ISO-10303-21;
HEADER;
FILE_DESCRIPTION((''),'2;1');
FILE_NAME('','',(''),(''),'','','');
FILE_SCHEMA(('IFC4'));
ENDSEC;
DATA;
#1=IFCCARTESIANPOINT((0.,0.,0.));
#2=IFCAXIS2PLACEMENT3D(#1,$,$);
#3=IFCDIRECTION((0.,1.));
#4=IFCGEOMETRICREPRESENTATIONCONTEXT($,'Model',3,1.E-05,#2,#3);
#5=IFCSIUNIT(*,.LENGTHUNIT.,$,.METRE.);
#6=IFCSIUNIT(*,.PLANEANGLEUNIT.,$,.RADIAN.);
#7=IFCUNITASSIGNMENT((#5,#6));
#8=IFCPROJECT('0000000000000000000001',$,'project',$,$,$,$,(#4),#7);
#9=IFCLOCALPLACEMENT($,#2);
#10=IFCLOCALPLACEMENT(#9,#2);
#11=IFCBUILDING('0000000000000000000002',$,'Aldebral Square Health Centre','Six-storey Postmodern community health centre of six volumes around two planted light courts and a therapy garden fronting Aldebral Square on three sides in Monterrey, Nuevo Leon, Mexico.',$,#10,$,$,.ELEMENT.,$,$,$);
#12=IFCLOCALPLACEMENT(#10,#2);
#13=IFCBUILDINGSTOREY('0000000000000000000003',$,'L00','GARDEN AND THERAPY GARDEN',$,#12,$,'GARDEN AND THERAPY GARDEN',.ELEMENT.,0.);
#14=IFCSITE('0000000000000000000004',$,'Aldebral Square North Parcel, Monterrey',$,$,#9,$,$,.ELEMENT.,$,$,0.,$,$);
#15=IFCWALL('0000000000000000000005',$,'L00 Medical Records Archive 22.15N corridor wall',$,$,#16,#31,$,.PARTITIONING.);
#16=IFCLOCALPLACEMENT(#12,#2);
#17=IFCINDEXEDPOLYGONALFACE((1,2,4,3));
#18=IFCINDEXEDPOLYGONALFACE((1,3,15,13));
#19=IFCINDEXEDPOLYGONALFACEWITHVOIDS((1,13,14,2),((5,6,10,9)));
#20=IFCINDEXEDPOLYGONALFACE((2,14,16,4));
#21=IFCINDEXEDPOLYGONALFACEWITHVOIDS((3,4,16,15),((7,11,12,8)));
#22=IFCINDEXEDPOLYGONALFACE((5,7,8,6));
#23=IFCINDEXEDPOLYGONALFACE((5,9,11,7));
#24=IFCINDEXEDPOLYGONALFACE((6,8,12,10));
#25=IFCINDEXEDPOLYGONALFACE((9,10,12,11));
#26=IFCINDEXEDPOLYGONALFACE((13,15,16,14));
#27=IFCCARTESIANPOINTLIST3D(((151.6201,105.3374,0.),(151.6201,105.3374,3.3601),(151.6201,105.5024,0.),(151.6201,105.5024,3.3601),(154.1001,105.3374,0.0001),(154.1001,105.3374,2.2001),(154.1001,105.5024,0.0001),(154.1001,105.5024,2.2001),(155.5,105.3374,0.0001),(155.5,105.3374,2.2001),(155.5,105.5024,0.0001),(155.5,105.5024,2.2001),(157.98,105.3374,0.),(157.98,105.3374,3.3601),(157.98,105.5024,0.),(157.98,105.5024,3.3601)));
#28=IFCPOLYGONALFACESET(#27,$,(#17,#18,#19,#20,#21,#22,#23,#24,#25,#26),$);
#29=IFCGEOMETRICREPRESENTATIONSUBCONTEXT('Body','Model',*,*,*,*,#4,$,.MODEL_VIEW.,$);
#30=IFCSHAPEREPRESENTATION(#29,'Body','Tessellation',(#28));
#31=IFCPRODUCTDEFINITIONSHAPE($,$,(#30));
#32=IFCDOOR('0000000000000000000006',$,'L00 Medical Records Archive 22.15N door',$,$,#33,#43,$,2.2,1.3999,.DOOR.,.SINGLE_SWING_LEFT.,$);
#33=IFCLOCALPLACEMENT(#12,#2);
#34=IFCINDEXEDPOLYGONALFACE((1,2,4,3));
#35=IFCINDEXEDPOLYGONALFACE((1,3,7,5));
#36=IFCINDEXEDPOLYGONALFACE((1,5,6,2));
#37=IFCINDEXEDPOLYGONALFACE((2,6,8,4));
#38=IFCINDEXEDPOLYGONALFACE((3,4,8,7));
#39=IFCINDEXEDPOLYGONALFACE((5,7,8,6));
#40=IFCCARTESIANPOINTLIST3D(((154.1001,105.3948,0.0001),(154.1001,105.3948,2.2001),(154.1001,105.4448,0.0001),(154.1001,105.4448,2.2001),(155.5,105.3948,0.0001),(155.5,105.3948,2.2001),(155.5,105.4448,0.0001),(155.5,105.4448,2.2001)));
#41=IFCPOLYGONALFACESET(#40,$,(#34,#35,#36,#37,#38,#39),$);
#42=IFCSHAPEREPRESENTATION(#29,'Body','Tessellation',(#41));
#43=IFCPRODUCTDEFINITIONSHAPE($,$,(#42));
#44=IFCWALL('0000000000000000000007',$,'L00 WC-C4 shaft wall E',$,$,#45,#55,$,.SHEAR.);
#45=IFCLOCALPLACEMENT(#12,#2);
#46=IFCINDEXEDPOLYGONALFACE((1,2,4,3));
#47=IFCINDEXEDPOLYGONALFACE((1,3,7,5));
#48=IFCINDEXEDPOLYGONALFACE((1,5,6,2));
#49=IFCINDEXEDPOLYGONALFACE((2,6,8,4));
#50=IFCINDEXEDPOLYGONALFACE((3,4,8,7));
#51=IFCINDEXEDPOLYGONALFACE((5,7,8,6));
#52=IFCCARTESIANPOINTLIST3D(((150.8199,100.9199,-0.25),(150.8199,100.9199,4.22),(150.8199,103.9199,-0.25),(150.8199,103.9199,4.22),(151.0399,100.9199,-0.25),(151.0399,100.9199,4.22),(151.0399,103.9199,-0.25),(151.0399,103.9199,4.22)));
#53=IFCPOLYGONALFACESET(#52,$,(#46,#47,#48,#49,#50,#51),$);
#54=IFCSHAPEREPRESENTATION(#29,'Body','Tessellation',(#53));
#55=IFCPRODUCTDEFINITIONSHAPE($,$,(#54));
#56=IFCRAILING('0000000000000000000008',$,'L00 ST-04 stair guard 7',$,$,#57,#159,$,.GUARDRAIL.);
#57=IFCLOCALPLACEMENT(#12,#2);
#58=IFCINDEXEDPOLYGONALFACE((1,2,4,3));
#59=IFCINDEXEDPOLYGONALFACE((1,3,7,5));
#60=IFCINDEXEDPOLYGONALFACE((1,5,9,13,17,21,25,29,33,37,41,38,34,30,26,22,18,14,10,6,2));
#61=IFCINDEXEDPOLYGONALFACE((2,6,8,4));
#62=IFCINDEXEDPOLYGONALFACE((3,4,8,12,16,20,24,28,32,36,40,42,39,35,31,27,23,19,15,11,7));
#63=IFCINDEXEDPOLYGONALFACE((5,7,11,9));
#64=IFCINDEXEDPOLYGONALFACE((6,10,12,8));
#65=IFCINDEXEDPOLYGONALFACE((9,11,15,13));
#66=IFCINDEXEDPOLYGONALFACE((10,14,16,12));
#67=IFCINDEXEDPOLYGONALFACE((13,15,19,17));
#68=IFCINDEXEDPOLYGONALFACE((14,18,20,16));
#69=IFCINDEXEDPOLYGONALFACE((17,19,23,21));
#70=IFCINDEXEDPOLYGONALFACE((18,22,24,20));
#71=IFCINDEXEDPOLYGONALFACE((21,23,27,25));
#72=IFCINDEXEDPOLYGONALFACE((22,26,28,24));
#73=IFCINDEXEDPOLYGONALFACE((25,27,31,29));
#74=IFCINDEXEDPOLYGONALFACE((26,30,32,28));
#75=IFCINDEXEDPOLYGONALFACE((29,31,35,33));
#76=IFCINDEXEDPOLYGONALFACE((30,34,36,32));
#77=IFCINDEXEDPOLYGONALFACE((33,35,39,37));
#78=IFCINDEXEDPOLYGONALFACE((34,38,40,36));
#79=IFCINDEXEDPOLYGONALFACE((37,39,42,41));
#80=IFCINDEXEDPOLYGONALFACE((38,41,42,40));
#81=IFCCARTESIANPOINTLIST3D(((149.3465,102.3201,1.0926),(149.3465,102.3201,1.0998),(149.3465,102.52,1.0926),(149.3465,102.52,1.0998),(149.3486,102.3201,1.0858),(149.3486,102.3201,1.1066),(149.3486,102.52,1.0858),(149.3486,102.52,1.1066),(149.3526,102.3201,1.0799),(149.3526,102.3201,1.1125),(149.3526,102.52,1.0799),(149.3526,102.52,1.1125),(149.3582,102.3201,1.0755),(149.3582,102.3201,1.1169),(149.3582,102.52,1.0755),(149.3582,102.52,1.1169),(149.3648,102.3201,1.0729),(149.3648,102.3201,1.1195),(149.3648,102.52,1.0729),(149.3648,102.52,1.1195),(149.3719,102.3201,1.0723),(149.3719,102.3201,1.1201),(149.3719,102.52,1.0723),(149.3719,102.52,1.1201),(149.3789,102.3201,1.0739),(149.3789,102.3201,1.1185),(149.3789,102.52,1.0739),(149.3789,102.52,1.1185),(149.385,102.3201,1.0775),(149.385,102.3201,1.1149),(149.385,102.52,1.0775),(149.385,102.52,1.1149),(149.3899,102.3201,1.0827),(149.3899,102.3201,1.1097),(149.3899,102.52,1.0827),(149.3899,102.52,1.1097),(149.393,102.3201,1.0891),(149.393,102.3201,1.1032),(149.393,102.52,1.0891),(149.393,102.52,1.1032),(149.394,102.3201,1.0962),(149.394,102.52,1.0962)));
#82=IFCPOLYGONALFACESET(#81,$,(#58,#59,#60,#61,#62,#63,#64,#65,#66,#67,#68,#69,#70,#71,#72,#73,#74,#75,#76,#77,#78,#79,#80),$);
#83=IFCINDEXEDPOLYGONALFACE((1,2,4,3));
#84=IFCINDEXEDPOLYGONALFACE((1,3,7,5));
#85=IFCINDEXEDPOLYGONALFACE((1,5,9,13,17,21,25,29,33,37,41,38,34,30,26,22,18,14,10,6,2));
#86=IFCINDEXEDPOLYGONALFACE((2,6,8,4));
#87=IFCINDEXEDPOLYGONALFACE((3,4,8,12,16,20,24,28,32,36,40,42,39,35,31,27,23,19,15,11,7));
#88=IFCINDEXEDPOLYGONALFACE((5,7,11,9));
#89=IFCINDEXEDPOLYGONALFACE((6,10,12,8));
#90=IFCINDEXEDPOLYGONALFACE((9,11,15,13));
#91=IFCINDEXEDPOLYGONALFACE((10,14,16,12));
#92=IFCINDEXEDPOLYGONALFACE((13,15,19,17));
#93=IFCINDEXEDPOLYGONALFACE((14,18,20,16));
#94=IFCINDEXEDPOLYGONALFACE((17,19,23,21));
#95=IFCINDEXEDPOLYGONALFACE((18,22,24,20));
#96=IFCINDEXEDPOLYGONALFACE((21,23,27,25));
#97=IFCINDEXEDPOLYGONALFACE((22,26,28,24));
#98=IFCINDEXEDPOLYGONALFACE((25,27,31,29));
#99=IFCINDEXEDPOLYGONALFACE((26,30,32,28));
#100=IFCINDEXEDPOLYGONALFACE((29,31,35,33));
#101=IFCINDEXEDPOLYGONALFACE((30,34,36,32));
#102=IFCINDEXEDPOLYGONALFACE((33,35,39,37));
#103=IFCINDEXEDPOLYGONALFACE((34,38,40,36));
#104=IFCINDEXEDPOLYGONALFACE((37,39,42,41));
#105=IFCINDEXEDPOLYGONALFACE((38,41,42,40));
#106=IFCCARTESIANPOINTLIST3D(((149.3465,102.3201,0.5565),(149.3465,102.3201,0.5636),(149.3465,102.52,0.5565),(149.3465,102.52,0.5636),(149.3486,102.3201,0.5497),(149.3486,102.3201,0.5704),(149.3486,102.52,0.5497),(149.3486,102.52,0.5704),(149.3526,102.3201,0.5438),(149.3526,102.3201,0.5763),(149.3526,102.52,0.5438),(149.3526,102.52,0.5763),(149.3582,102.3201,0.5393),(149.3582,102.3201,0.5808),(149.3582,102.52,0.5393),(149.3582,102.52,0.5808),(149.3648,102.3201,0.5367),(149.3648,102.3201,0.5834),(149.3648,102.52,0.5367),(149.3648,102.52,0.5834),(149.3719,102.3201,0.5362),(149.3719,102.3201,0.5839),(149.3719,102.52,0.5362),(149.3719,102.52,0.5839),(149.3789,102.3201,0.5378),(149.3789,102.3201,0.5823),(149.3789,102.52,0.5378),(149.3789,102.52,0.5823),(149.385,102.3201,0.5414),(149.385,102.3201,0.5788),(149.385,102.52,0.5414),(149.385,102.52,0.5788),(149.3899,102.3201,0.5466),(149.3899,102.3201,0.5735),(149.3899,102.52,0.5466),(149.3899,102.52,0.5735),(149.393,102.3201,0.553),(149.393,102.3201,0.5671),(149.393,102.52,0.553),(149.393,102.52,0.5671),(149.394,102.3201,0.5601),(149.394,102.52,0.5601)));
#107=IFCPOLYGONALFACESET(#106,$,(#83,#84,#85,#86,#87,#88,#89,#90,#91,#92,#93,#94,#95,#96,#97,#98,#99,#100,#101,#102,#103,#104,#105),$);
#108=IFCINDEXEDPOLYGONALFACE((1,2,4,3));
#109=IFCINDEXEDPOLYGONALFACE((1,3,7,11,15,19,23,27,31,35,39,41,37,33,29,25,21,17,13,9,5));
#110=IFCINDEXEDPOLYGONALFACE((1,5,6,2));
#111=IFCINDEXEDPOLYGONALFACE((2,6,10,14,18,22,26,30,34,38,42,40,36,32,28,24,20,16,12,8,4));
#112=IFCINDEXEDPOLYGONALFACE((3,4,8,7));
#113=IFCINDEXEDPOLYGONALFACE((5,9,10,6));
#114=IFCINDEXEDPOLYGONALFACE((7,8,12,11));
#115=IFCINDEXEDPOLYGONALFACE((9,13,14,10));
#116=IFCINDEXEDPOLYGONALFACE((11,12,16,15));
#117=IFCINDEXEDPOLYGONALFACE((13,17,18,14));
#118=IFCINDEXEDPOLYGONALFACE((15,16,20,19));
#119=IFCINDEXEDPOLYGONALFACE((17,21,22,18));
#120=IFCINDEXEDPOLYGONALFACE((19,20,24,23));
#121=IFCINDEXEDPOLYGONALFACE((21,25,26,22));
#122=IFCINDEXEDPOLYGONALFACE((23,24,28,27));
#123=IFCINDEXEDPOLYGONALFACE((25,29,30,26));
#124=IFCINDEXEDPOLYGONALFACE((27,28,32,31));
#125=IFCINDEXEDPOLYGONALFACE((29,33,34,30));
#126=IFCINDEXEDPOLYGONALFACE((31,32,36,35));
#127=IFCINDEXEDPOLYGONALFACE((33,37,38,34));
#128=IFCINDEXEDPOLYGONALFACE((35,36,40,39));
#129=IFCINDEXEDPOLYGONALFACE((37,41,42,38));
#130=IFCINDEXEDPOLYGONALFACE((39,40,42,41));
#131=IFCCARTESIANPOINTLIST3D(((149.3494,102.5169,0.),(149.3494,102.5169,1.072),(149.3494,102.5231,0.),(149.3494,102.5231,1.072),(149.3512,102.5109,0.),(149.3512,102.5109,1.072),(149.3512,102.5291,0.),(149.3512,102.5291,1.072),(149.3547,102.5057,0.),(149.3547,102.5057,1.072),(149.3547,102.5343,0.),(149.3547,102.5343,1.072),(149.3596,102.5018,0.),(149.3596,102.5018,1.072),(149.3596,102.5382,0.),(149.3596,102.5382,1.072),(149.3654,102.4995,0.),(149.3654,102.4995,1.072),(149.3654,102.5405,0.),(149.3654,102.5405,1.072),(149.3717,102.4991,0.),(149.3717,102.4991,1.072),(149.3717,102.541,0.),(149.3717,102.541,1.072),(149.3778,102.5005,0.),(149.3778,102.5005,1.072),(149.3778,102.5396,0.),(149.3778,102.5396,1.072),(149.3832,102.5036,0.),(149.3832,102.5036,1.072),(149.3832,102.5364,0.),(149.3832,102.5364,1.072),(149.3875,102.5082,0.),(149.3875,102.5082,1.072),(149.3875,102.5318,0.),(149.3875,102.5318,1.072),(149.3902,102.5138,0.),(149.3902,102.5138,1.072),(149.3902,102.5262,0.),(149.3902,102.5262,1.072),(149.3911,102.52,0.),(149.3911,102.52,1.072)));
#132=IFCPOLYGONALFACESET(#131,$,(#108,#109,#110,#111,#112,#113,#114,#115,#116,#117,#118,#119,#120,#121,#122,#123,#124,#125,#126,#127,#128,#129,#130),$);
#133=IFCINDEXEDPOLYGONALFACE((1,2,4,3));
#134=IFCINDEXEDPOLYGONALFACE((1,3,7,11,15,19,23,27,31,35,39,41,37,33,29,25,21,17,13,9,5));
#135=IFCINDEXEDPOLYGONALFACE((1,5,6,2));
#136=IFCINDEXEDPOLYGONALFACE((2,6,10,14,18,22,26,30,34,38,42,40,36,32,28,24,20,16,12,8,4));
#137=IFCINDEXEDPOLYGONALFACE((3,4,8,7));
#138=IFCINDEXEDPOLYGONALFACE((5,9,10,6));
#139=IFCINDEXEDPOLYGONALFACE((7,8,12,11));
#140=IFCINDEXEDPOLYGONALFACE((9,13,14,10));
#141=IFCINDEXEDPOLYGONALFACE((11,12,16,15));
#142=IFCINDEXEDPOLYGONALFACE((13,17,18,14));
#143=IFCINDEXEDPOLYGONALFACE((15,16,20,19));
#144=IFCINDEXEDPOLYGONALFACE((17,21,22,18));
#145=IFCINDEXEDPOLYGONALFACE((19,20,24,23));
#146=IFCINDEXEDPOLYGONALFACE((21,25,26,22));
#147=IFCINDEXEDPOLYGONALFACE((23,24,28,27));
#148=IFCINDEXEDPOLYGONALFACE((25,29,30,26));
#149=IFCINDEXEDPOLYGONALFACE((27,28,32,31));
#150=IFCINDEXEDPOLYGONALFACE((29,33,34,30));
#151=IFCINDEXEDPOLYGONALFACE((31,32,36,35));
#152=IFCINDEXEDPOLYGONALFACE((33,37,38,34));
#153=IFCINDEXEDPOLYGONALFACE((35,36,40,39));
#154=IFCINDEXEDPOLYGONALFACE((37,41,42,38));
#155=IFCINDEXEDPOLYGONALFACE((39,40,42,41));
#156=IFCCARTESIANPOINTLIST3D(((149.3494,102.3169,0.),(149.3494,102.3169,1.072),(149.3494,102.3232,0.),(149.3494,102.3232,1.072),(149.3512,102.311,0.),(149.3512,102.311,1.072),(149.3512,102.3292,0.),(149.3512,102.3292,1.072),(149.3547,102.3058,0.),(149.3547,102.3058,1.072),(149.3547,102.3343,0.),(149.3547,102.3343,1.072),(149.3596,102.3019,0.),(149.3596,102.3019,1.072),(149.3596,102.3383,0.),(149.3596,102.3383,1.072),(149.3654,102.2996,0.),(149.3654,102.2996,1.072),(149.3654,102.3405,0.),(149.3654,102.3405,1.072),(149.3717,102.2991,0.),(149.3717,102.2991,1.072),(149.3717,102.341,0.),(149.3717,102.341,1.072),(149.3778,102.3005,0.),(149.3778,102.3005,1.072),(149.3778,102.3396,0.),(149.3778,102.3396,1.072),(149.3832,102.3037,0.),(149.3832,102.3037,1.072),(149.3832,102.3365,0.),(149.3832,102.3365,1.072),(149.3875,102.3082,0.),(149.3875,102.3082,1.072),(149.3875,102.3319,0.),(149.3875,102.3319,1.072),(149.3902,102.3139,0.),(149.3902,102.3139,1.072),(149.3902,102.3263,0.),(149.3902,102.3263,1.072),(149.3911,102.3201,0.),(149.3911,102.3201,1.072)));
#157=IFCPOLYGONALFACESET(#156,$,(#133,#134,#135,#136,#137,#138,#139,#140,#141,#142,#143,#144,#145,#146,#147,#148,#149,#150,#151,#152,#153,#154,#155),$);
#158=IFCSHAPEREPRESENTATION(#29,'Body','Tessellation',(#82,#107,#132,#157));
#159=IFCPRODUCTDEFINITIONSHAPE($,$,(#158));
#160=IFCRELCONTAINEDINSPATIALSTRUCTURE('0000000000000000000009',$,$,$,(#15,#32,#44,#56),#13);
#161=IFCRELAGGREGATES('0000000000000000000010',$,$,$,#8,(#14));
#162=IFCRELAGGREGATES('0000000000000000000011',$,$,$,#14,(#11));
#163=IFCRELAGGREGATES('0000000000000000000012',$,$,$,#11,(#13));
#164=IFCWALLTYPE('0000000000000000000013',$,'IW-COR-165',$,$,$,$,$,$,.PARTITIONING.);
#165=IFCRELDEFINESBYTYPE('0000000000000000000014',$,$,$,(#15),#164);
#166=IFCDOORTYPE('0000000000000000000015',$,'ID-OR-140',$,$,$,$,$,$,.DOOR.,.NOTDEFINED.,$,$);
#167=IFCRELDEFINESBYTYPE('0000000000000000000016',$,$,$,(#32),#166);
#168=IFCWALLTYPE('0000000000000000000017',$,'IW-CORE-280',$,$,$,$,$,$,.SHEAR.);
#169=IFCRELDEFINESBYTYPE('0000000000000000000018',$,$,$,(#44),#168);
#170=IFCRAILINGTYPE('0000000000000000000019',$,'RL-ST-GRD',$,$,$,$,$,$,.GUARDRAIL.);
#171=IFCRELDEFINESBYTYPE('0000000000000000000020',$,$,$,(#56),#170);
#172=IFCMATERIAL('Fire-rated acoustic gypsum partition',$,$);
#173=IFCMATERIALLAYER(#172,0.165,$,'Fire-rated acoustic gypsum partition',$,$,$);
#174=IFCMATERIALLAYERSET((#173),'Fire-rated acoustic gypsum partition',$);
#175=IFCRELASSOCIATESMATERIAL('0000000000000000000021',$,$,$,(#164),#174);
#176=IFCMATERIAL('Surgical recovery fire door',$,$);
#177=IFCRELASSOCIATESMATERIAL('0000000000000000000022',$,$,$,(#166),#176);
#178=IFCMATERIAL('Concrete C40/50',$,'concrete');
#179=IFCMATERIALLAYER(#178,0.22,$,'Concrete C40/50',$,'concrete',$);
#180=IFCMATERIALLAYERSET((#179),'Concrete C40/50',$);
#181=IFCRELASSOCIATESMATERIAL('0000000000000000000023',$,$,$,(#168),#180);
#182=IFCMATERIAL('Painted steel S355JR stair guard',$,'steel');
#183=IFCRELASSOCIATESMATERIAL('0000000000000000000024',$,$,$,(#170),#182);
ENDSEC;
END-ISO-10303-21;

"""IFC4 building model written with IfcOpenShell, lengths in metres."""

from ifc_helpers import new_model, si_unit, direction, frame, frame_2d, origin, origin_2d, place, context, subcontext, project, spatial, rectangle, circle, extrude, material, layer, layer_set, type_object, element, fill, save


model = new_model("IFC4")

# Units and contexts
model_context = context("Model", 3, precision=1e-05, world=origin(), true_north=direction((0.0, 1.0)))
body_context = subcontext(model_context, "Body", "Model", "MODEL_VIEW")
ifc_project = project(units=[si_unit("LENGTHUNIT", "METRE"), si_unit("PLANEANGLEUNIT", "RADIAN")], contexts=[model_context])

# Site, building, storey
site_placement = place(None, origin())
site = spatial("IfcSite", under=ifc_project, at=site_placement, Name="Aldebral Square North Parcel, Monterrey", CompositionType="ELEMENT", RefElevation=0.0)
building_placement = place(site_placement, origin())
building = spatial("IfcBuilding", under=site, at=building_placement, Name="Aldebral Square Health Centre", Description="Six-storey Postmodern community health centre of six volumes around two planted light courts and a therapy garden fronting Aldebral Square on three sides in Monterrey, Nuevo Leon, Mexico.", CompositionType="ELEMENT")
storey_placement = place(building_placement, origin())
storey = spatial("IfcBuildingStorey", under=building, at=storey_placement, Name="L00", Description="GARDEN AND THERAPY GARDEN", LongName="GARDEN AND THERAPY GARDEN", CompositionType="ELEMENT", Elevation=0.0)

# Shared definitions
ifc_material_1 = material(Name="Concrete C40/50", Category="concrete")

# Wall, opening, door
ifc_material_2 = material(Name="Fire-rated acoustic gypsum partition")
ifc_layer_1 = layer(ifc_material_2, 0.165, Name="Fire-rated acoustic gypsum partition")
ifc_layer_set_1 = layer_set([ifc_layer_1], Name="Fire-rated acoustic gypsum partition")
wall_type_1 = type_object("IfcWallType", Name="IW-COR-165", PredefinedType="PARTITIONING", material=ifc_layer_set_1)
wall_1_placement = place(storey_placement, frame((151.6201, 105.4199, 0.0), z_axis=(0.0, 0.0, 1.0), x_axis=(1.0, 0.0, 0.0)))
wall_1 = element("IfcWall", 1, at=wall_1_placement, inside=storey, type_object=wall_type_1, Name="L00 Medical Records Archive 22.15N corridor wall", PredefinedType="PARTITIONING", context=body_context, shape_type="SweptSolid", body=[
    extrude(rectangle(XDim=6.3599, YDim=0.165, at=frame_2d((3.1799, 0.0))), origin(), (0.0, 0.0, 1.0), 3.3601),
])
opening_1_placement = place(wall_1_placement, frame((2.48, 0.0, 0.0)))
opening_1 = element("IfcOpeningElement", 2, at=opening_1_placement, cuts=wall_1, PredefinedType="OPENING", context=body_context, shape_type="SweptSolid", body=[
    extrude(rectangle(XDim=1.3999, YDim=2.2, at=frame_2d((0.7, 1.1001))), frame((0.0, 0.0925, 0.0), z_axis=(0.0, -1.0, 0.0), x_axis=(1.0, 0.0, 0.0)), (0.0, 0.0, 1.0), 0.1851),
])
ifc_material_3 = material(Name="Surgical recovery fire door")
door_type_1 = type_object("IfcDoorType", Name="ID-OR-140", OperationType="NOTDEFINED", PredefinedType="DOOR", material=ifc_material_3)
door_1_placement = place(opening_1_placement, origin())
door_1 = element("IfcDoor", 3, at=door_1_placement, inside=storey, type_object=door_type_1, Name="L00 Medical Records Archive 22.15N door", OperationType="SINGLE_SWING_LEFT", OverallHeight=2.2, OverallWidth=1.3999, PredefinedType="DOOR", context=body_context, shape_type="SweptSolid", body=[
    extrude(rectangle(XDim=1.3999, YDim=2.2, at=frame_2d((0.7, 1.1001))), frame((0.0, 0.0249, 0.0), z_axis=(0.0, -1.0, 0.0), x_axis=(1.0, 0.0, 0.0)), (0.0, 0.0, 1.0), 0.05),
])
fill(opening_1, door_1)

# Wall
ifc_layer_2 = layer(ifc_material_1, 0.22, Name="Concrete C40/50", Category="concrete")
ifc_layer_set_2 = layer_set([ifc_layer_2], Name="Concrete C40/50")
wall_type_2 = type_object("IfcWallType", Name="IW-CORE-280", PredefinedType="SHEAR", material=ifc_layer_set_2)
wall_2_placement = place(storey_placement, frame((150.9299, 100.9199, -0.25), z_axis=(0.0, 0.0, 1.0), x_axis=(0.0, 1.0, 0.0)))
element("IfcWall", 4, at=wall_2_placement, inside=storey, type_object=wall_type_2, Name="L00 WC-C4 shaft wall E", PredefinedType="SHEAR", context=body_context, shape_type="SweptSolid", body=[
    extrude(rectangle(XDim=3.0, YDim=0.22, at=frame_2d((1.5, 0.0))), origin(), (0.0, 0.0, 1.0), 4.47),
])

# Railing
ifc_material_4 = material(Name="Painted steel S355JR stair guard", Category="steel")
railing_type = type_object("IfcRailingType", Name="RL-ST-GRD", PredefinedType="GUARDRAIL", material=ifc_material_4)
railing_placement = place(storey_placement, frame((149.3701, 102.52, 0.0)))
element("IfcRailing", 5, at=railing_placement, inside=storey, type_object=railing_type, Name="L00 ST-04 stair guard 7", PredefinedType="GUARDRAIL", context=body_context, shape_type="SweptSolid", body=[
    extrude(circle(Radius=0.0239, at=origin_2d()), frame((0.0, 0.0, 1.0962), z_axis=(0.0, -1.0, 0.0), x_axis=(1.0, 0.0, 0.0)), (0.0, 0.0, 1.0), 0.2),
    extrude(circle(Radius=0.0239, at=origin_2d()), frame((0.0, 0.0, 0.5601), z_axis=(0.0, -1.0, 0.0), x_axis=(1.0, 0.0, 0.0)), (0.0, 0.0, 1.0), 0.2),
    extrude(circle(Radius=0.021, at=origin_2d()), origin(), (0.0, 0.0, 1.0), 1.072),
    extrude(circle(Radius=0.021, at=origin_2d()), frame((0.0, -0.2, 0.0)), (0.0, 0.0, 1.0), 1.072),
])

save(model, "model.ifc")
